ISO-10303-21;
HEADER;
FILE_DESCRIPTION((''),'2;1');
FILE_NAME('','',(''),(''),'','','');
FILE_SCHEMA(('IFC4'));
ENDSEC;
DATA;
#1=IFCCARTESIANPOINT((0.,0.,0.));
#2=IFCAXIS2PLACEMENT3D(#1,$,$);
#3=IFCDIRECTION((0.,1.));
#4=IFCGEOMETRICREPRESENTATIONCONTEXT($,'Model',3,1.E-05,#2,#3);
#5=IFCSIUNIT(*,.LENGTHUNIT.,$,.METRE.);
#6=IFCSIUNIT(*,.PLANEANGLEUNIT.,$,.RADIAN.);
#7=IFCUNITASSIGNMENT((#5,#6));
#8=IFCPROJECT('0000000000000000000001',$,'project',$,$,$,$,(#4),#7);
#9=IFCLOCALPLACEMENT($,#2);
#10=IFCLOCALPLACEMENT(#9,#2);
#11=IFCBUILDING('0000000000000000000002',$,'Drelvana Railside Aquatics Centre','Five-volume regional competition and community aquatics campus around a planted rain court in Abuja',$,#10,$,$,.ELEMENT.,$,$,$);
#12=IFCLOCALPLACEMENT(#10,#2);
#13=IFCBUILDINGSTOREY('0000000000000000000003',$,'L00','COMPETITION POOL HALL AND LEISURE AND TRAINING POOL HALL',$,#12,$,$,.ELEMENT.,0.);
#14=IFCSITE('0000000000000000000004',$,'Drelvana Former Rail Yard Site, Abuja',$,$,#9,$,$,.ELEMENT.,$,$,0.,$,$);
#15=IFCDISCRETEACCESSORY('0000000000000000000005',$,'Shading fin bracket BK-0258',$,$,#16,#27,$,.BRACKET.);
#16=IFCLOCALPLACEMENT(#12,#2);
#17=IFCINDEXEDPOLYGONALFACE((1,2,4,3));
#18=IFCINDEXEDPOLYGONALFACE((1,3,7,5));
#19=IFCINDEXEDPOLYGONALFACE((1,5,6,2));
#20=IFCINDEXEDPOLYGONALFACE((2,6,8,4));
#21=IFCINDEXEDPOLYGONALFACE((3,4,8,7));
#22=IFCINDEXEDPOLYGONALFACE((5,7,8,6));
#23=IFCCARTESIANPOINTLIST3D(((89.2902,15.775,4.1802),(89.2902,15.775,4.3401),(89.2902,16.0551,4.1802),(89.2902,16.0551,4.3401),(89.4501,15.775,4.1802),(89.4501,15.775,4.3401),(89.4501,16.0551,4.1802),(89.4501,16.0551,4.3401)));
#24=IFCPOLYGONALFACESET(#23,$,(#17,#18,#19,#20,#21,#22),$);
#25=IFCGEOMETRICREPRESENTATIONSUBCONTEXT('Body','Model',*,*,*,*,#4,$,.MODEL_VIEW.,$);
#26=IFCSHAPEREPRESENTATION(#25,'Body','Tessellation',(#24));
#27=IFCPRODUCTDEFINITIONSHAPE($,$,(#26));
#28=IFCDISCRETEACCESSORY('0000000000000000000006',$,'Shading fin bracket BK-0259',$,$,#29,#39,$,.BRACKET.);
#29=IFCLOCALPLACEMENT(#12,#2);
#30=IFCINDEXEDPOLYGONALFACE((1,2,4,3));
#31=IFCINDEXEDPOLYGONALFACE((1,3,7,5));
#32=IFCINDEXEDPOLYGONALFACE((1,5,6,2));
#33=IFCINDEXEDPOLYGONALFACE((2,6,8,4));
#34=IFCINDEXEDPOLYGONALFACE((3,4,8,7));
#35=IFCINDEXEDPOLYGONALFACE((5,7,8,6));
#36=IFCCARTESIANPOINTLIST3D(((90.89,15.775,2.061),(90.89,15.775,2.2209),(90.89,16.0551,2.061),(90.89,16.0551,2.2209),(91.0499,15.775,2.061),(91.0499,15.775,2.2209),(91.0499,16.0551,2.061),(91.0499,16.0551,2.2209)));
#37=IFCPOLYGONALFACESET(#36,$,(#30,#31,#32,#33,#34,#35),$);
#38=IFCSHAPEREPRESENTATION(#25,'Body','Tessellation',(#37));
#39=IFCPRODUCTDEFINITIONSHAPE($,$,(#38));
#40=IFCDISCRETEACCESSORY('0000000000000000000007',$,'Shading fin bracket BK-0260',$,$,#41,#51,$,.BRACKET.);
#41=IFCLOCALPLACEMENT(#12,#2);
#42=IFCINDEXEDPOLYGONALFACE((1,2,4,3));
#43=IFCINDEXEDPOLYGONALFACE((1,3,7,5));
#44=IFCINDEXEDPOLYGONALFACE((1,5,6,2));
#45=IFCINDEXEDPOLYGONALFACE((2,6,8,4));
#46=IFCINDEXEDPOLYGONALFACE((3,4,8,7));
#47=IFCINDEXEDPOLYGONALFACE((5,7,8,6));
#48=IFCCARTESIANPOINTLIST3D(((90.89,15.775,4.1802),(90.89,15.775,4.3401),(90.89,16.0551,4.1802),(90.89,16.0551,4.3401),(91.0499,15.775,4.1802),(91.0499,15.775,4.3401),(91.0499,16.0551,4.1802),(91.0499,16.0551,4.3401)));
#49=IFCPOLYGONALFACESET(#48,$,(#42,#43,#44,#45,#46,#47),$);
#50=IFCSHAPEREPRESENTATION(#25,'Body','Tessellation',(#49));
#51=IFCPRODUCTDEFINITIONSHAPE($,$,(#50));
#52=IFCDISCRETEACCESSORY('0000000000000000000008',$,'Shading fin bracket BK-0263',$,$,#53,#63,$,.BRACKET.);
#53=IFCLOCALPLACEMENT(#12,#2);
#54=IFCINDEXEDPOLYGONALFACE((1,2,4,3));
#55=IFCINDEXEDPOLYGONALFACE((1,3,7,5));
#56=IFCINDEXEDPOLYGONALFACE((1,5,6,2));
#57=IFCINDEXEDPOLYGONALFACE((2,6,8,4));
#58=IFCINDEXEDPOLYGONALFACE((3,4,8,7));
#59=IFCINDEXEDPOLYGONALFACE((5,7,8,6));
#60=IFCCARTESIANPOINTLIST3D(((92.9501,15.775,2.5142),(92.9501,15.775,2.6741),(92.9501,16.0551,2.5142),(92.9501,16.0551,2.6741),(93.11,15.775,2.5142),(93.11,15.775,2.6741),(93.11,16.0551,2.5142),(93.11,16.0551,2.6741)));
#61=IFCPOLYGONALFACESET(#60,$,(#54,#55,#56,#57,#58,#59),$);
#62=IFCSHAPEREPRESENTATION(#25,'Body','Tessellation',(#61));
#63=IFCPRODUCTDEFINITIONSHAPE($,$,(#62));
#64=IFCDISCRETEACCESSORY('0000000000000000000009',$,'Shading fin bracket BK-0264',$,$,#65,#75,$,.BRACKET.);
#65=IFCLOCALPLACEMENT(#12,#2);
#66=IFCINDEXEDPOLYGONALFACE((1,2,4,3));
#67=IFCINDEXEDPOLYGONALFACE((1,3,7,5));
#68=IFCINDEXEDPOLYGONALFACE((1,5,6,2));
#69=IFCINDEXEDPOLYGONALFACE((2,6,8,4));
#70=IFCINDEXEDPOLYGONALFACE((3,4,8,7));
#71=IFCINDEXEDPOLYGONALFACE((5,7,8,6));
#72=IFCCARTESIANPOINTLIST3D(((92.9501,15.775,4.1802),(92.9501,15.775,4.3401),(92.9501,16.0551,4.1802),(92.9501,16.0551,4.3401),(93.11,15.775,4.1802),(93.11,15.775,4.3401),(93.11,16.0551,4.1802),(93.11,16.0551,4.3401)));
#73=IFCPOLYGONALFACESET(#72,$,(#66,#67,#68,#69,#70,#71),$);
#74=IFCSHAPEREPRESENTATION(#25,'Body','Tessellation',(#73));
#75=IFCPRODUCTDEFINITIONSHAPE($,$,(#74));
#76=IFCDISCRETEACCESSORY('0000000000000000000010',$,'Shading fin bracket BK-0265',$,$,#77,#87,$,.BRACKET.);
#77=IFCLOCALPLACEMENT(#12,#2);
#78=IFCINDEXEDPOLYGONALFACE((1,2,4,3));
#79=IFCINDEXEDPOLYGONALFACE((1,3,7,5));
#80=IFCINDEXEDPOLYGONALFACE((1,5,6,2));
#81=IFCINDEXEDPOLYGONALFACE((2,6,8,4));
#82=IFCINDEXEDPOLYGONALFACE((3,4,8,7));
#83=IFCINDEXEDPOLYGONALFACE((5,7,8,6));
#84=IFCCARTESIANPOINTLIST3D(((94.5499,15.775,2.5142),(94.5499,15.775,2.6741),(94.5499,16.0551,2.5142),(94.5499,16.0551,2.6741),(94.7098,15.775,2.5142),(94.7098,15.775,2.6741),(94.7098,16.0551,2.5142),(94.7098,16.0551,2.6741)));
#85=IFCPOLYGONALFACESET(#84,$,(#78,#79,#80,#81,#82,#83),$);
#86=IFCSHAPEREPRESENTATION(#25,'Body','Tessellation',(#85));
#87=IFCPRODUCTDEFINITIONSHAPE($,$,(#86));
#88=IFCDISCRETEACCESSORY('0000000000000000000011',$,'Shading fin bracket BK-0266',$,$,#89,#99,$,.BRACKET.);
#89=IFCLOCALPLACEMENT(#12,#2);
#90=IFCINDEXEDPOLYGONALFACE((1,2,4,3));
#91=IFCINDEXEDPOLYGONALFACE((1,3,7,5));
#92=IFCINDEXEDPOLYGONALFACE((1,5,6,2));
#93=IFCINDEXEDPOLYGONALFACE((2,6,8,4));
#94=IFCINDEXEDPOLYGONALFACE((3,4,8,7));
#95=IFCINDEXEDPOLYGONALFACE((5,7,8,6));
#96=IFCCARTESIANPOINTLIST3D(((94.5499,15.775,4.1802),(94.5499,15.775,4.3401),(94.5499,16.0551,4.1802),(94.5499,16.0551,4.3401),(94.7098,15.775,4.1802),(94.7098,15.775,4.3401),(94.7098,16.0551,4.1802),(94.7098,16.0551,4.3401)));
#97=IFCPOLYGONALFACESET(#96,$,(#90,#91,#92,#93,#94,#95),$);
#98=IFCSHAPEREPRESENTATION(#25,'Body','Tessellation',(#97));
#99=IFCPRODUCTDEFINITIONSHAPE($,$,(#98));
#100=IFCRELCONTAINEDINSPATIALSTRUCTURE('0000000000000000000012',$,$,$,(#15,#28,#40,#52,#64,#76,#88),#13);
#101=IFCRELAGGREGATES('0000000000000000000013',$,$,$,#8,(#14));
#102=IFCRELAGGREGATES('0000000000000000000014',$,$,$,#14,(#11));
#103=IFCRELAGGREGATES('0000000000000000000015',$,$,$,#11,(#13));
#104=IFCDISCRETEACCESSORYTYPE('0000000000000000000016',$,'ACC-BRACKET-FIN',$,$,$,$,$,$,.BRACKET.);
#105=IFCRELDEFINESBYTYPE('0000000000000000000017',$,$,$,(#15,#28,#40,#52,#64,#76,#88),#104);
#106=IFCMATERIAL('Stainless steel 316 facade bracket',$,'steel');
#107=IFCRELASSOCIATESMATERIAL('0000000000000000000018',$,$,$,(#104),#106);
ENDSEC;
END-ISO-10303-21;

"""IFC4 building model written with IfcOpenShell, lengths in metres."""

from ifc_helpers import new_model, si_unit, direction, frame, origin, origin_2d, place, context, subcontext, project, spatial, rectangle, extrude, material, type_object, element, save


model = new_model("IFC4")

# Units and contexts
model_context = context("Model", 3, precision=1e-05, world=origin(), true_north=direction((0.0, 1.0)))
body_context = subcontext(model_context, "Body", "Model", "MODEL_VIEW")
ifc_project = project(units=[si_unit("LENGTHUNIT", "METRE"), si_unit("PLANEANGLEUNIT", "RADIAN")], contexts=[model_context])

# Site, building, storey
site_placement = place(None, origin())
site = spatial("IfcSite", under=ifc_project, at=site_placement, Name="Drelvana Former Rail Yard Site, Abuja", CompositionType="ELEMENT", RefElevation=0.0)
building_placement = place(site_placement, origin())
building = spatial("IfcBuilding", under=site, at=building_placement, Name="Drelvana Railside Aquatics Centre", Description="Five-volume regional competition and community aquatics campus around a planted rain court in Abuja", CompositionType="ELEMENT")
storey_placement = place(building_placement, origin())
storey = spatial("IfcBuildingStorey", under=building, at=storey_placement, Name="L00", Description="COMPETITION POOL HALL AND LEISURE AND TRAINING POOL HALL", CompositionType="ELEMENT", Elevation=0.0)

# Discrete accessories
ifc_material_1 = material(Name="Stainless steel 316 facade bracket", Category="steel")
discrete_accessory_type = type_object("IfcDiscreteAccessoryType", Name="ACC-BRACKET-FIN", PredefinedType="BRACKET", material=ifc_material_1)
for number, where, z_axis, x_axis, name in (
    (1, (89.3701, 15.915, 4.1802), (0.0, 0.0, 1.0), (0.0, -1.0, 0.0), "Shading fin bracket BK-0258"),
    (2, (90.97, 15.915, 2.061), (0.0, 0.0, 1.0), (0.0, -1.0, 0.0), "Shading fin bracket BK-0259"),
    (3, (90.97, 15.915, 4.1802), (0.0, 0.0, 1.0), (0.0, -1.0, 0.0), "Shading fin bracket BK-0260"),
    (4, (93.03, 15.915, 2.5142), (0.0, 0.0, 1.0), (0.0, -1.0, 0.0), "Shading fin bracket BK-0263"),
    (5, (93.03, 15.915, 4.1802), (0.0, 0.0, 1.0), (0.0, -1.0, 0.0), "Shading fin bracket BK-0264"),
    (6, (94.6299, 15.915, 2.5142), (0.0, 0.0, 1.0), (0.0, -1.0, 0.0), "Shading fin bracket BK-0265"),
    (7, (94.6299, 15.915, 4.1802), (0.0, 0.0, 1.0), (0.0, -1.0, 0.0), "Shading fin bracket BK-0266"),
):
    element("IfcDiscreteAccessory", number, at=place(storey_placement, frame(where, z_axis=z_axis, x_axis=x_axis)), inside=storey, type_object=discrete_accessory_type, Name=name, PredefinedType="BRACKET", context=body_context, shape_type="SweptSolid", body=[
        extrude(rectangle(XDim=0.28, YDim=0.1599, at=origin_2d()), origin(), (0.0, 0.0, 1.0), 0.1599),
    ])

save(model, "model.ifc")
